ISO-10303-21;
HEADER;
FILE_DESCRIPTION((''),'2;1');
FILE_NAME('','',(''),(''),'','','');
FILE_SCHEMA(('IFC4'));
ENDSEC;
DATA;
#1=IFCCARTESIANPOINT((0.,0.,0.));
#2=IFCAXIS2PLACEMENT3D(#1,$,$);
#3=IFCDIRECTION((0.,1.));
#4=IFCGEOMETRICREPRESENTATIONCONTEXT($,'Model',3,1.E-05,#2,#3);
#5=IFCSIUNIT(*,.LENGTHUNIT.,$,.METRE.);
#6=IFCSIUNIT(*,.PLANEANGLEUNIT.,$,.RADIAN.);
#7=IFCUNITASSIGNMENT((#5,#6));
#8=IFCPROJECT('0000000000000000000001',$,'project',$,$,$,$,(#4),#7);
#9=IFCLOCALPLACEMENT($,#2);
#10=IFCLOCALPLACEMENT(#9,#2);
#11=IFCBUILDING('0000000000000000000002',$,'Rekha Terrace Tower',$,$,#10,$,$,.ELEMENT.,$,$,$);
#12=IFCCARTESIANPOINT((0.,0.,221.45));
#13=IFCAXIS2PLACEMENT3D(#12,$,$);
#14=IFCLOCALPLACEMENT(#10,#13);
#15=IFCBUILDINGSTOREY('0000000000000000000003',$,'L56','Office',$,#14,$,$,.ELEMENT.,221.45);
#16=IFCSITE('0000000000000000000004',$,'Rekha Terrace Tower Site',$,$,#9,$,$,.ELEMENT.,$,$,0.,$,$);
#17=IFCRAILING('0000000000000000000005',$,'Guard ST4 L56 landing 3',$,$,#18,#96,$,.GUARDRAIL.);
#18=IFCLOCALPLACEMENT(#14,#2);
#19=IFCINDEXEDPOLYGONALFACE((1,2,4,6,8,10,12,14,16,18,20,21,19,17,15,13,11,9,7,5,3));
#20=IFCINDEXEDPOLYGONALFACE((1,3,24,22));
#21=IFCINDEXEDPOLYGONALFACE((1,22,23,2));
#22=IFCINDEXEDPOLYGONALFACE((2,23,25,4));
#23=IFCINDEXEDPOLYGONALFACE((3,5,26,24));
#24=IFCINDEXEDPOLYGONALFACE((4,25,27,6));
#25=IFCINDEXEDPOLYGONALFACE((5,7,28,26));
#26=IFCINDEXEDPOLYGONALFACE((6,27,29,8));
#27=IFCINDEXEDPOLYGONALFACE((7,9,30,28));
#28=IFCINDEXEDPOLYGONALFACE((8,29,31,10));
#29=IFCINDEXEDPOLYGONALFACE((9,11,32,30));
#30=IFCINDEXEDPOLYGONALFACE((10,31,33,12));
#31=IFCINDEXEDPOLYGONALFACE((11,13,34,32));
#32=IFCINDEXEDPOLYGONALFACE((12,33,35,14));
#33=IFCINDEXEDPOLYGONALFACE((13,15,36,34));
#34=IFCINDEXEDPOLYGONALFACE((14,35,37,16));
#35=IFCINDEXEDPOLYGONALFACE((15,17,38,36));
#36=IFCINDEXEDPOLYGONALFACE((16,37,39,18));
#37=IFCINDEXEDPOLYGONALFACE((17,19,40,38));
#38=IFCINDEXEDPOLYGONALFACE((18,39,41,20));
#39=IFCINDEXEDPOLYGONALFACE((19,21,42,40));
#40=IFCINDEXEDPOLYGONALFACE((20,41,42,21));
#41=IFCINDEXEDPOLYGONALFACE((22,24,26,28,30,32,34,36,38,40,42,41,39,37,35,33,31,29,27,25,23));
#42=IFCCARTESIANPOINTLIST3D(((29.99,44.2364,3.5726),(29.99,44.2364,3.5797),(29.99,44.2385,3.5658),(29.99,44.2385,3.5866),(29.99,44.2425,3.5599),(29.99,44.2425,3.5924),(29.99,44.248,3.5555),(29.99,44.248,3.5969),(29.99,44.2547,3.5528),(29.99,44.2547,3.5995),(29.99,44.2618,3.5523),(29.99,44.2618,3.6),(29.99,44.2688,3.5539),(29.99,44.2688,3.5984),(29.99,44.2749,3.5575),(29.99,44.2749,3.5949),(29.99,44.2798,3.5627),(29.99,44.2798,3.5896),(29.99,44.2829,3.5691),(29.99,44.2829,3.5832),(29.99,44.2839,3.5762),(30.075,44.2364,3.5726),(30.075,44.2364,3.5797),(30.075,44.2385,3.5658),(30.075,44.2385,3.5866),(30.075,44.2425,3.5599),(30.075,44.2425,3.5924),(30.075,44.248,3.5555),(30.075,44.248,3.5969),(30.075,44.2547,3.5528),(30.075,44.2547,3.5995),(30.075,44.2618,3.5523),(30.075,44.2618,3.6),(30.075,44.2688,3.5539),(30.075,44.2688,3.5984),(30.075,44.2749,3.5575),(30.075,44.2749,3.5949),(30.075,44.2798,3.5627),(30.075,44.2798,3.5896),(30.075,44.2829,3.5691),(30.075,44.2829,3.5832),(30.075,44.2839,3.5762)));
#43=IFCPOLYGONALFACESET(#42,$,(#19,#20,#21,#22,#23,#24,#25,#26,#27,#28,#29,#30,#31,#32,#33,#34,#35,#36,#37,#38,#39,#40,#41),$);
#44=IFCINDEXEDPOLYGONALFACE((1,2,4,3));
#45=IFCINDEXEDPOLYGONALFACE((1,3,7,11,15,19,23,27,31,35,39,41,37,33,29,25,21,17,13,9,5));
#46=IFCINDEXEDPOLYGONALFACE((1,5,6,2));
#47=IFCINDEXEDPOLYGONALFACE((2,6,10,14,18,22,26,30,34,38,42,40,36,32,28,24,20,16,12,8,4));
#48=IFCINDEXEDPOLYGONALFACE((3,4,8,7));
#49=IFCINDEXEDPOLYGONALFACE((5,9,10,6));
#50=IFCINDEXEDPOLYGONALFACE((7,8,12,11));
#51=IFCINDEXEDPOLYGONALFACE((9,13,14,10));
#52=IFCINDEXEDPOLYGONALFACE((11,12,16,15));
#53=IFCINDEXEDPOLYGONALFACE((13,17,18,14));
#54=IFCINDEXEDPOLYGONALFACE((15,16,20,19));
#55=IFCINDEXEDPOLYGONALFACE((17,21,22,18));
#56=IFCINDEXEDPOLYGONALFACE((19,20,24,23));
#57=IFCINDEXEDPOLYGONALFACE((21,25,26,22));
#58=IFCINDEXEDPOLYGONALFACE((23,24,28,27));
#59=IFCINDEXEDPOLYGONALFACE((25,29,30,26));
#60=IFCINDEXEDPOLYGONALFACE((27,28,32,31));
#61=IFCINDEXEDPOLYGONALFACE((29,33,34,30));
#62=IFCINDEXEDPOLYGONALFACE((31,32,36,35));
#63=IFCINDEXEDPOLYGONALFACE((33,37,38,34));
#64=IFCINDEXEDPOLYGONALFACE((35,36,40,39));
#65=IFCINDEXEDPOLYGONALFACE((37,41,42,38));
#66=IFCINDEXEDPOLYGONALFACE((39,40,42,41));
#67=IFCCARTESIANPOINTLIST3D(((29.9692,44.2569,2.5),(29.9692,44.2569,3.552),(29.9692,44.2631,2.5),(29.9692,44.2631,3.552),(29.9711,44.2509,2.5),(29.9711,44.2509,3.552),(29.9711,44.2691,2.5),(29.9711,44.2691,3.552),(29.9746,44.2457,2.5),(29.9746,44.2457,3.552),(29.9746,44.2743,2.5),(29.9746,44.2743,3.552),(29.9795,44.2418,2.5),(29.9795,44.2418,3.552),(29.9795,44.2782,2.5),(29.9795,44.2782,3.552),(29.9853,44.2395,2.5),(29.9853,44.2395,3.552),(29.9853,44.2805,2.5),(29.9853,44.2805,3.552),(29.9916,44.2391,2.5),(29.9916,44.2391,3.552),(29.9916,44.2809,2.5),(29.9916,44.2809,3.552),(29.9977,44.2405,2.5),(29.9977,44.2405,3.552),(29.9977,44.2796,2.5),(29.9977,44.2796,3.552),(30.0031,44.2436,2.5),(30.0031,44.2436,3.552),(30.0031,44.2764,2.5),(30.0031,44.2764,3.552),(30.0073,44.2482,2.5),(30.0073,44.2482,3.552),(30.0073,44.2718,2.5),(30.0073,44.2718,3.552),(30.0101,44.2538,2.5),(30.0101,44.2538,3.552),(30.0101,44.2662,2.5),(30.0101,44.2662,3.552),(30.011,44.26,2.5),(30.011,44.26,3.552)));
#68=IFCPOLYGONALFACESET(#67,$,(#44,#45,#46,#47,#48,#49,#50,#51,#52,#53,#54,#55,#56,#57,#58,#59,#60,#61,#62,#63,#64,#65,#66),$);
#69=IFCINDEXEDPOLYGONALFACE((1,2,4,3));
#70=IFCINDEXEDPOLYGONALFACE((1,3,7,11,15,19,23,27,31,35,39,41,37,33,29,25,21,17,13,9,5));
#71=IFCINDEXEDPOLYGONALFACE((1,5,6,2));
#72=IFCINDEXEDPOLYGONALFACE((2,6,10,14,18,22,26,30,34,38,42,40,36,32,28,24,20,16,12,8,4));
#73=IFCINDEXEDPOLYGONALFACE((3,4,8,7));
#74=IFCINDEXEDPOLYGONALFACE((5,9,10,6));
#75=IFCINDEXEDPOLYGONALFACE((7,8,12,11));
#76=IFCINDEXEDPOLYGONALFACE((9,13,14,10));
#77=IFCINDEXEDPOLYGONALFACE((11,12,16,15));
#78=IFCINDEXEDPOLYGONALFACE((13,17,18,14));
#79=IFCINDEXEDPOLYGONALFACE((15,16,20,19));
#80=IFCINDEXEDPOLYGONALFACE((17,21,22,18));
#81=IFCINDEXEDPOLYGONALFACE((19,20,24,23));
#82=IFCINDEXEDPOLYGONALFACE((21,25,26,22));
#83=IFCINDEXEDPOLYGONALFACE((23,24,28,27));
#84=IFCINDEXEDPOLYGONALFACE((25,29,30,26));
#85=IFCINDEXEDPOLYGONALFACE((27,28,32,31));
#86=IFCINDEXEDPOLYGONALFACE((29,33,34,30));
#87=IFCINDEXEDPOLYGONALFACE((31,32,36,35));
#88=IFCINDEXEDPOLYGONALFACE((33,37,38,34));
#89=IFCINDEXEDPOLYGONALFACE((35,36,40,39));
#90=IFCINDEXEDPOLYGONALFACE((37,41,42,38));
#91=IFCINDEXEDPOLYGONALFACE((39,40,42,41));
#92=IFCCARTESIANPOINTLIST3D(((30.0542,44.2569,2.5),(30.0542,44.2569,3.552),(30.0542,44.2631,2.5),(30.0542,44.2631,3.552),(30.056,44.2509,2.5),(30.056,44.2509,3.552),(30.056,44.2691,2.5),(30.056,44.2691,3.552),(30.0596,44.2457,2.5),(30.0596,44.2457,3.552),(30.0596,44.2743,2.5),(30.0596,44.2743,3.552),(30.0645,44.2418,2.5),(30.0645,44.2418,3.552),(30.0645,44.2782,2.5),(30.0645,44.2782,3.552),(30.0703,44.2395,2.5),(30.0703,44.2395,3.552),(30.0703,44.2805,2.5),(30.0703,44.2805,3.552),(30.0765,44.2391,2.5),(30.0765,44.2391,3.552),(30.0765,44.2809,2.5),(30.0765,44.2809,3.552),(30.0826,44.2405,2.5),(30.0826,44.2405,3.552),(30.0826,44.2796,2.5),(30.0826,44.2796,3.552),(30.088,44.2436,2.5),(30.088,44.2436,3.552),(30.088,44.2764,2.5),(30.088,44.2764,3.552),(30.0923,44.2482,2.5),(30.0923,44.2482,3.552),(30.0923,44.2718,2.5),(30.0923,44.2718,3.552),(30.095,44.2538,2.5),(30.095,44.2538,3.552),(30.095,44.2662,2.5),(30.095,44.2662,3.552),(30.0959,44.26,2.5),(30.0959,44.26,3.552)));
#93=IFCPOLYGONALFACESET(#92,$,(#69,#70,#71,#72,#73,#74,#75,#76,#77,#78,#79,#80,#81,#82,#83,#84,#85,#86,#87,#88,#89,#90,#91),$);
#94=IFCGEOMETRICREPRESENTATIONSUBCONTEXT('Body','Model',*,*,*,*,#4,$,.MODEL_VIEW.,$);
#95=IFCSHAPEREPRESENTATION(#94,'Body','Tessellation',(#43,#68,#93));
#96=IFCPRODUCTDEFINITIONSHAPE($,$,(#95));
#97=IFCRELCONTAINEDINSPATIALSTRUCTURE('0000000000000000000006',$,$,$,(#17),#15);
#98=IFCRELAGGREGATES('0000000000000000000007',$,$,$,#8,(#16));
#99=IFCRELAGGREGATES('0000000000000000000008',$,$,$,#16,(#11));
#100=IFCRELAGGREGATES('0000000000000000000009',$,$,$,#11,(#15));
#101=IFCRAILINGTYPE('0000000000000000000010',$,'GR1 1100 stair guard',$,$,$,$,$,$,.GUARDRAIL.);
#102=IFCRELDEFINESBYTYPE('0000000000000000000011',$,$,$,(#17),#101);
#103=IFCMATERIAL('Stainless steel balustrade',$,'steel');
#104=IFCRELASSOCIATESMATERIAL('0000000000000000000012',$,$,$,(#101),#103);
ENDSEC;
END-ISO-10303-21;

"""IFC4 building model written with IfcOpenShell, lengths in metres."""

from ifc_helpers import new_model, si_unit, direction, frame, origin, origin_2d, place, context, subcontext, project, spatial, circle, extrude, material, type_object, element, save


model = new_model("IFC4")

# Units and contexts
model_context = context("Model", 3, precision=1e-05, world=origin(), true_north=direction((0.0, 1.0)))
body_context = subcontext(model_context, "Body", "Model", "MODEL_VIEW")
ifc_project = project(units=[si_unit("LENGTHUNIT", "METRE"), si_unit("PLANEANGLEUNIT", "RADIAN")], contexts=[model_context])

# Site, building, storey
site_placement = place(None, origin())
site = spatial("IfcSite", under=ifc_project, at=site_placement, Name="Rekha Terrace Tower Site", CompositionType="ELEMENT", RefElevation=0.0)
building_placement = place(site_placement, origin())
building = spatial("IfcBuilding", under=site, at=building_placement, Name="Rekha Terrace Tower", CompositionType="ELEMENT")
storey_placement = place(building_placement, frame((0.0, 0.0, 221.45)))
storey = spatial("IfcBuildingStorey", under=building, at=storey_placement, Name="L56", Description="Office", CompositionType="ELEMENT", Elevation=221.45)

# Railing
ifc_material_1 = material(Name="Stainless steel balustrade", Category="steel")
railing_type_1 = type_object("IfcRailingType", Name="GR1 1100 stair guard", PredefinedType="GUARDRAIL", material=ifc_material_1)
railing_1_placement = place(storey_placement, frame((29.99, 44.26, 2.5)))
element("IfcRailing", 1, at=railing_1_placement, inside=storey, type_object=railing_type_1, Name="Guard ST4 L56 landing 3", PredefinedType="GUARDRAIL", context=body_context, shape_type="SweptSolid", body=[
    extrude(circle(Radius=0.0239, at=origin_2d()), frame((0.0, 0.0, 1.0762), z_axis=(1.0, 0.0, 0.0), x_axis=(0.0, 1.0, 0.0)), (0.0, 0.0, 1.0), 0.085),
    extrude(circle(Radius=0.021, at=origin_2d()), origin(), (0.0, 0.0, 1.0), 1.052),
    extrude(circle(Radius=0.021, at=origin_2d()), frame((0.085, 0.0, 0.0)), (0.0, 0.0, 1.0), 1.052),
])

save(model, "model.ifc")
